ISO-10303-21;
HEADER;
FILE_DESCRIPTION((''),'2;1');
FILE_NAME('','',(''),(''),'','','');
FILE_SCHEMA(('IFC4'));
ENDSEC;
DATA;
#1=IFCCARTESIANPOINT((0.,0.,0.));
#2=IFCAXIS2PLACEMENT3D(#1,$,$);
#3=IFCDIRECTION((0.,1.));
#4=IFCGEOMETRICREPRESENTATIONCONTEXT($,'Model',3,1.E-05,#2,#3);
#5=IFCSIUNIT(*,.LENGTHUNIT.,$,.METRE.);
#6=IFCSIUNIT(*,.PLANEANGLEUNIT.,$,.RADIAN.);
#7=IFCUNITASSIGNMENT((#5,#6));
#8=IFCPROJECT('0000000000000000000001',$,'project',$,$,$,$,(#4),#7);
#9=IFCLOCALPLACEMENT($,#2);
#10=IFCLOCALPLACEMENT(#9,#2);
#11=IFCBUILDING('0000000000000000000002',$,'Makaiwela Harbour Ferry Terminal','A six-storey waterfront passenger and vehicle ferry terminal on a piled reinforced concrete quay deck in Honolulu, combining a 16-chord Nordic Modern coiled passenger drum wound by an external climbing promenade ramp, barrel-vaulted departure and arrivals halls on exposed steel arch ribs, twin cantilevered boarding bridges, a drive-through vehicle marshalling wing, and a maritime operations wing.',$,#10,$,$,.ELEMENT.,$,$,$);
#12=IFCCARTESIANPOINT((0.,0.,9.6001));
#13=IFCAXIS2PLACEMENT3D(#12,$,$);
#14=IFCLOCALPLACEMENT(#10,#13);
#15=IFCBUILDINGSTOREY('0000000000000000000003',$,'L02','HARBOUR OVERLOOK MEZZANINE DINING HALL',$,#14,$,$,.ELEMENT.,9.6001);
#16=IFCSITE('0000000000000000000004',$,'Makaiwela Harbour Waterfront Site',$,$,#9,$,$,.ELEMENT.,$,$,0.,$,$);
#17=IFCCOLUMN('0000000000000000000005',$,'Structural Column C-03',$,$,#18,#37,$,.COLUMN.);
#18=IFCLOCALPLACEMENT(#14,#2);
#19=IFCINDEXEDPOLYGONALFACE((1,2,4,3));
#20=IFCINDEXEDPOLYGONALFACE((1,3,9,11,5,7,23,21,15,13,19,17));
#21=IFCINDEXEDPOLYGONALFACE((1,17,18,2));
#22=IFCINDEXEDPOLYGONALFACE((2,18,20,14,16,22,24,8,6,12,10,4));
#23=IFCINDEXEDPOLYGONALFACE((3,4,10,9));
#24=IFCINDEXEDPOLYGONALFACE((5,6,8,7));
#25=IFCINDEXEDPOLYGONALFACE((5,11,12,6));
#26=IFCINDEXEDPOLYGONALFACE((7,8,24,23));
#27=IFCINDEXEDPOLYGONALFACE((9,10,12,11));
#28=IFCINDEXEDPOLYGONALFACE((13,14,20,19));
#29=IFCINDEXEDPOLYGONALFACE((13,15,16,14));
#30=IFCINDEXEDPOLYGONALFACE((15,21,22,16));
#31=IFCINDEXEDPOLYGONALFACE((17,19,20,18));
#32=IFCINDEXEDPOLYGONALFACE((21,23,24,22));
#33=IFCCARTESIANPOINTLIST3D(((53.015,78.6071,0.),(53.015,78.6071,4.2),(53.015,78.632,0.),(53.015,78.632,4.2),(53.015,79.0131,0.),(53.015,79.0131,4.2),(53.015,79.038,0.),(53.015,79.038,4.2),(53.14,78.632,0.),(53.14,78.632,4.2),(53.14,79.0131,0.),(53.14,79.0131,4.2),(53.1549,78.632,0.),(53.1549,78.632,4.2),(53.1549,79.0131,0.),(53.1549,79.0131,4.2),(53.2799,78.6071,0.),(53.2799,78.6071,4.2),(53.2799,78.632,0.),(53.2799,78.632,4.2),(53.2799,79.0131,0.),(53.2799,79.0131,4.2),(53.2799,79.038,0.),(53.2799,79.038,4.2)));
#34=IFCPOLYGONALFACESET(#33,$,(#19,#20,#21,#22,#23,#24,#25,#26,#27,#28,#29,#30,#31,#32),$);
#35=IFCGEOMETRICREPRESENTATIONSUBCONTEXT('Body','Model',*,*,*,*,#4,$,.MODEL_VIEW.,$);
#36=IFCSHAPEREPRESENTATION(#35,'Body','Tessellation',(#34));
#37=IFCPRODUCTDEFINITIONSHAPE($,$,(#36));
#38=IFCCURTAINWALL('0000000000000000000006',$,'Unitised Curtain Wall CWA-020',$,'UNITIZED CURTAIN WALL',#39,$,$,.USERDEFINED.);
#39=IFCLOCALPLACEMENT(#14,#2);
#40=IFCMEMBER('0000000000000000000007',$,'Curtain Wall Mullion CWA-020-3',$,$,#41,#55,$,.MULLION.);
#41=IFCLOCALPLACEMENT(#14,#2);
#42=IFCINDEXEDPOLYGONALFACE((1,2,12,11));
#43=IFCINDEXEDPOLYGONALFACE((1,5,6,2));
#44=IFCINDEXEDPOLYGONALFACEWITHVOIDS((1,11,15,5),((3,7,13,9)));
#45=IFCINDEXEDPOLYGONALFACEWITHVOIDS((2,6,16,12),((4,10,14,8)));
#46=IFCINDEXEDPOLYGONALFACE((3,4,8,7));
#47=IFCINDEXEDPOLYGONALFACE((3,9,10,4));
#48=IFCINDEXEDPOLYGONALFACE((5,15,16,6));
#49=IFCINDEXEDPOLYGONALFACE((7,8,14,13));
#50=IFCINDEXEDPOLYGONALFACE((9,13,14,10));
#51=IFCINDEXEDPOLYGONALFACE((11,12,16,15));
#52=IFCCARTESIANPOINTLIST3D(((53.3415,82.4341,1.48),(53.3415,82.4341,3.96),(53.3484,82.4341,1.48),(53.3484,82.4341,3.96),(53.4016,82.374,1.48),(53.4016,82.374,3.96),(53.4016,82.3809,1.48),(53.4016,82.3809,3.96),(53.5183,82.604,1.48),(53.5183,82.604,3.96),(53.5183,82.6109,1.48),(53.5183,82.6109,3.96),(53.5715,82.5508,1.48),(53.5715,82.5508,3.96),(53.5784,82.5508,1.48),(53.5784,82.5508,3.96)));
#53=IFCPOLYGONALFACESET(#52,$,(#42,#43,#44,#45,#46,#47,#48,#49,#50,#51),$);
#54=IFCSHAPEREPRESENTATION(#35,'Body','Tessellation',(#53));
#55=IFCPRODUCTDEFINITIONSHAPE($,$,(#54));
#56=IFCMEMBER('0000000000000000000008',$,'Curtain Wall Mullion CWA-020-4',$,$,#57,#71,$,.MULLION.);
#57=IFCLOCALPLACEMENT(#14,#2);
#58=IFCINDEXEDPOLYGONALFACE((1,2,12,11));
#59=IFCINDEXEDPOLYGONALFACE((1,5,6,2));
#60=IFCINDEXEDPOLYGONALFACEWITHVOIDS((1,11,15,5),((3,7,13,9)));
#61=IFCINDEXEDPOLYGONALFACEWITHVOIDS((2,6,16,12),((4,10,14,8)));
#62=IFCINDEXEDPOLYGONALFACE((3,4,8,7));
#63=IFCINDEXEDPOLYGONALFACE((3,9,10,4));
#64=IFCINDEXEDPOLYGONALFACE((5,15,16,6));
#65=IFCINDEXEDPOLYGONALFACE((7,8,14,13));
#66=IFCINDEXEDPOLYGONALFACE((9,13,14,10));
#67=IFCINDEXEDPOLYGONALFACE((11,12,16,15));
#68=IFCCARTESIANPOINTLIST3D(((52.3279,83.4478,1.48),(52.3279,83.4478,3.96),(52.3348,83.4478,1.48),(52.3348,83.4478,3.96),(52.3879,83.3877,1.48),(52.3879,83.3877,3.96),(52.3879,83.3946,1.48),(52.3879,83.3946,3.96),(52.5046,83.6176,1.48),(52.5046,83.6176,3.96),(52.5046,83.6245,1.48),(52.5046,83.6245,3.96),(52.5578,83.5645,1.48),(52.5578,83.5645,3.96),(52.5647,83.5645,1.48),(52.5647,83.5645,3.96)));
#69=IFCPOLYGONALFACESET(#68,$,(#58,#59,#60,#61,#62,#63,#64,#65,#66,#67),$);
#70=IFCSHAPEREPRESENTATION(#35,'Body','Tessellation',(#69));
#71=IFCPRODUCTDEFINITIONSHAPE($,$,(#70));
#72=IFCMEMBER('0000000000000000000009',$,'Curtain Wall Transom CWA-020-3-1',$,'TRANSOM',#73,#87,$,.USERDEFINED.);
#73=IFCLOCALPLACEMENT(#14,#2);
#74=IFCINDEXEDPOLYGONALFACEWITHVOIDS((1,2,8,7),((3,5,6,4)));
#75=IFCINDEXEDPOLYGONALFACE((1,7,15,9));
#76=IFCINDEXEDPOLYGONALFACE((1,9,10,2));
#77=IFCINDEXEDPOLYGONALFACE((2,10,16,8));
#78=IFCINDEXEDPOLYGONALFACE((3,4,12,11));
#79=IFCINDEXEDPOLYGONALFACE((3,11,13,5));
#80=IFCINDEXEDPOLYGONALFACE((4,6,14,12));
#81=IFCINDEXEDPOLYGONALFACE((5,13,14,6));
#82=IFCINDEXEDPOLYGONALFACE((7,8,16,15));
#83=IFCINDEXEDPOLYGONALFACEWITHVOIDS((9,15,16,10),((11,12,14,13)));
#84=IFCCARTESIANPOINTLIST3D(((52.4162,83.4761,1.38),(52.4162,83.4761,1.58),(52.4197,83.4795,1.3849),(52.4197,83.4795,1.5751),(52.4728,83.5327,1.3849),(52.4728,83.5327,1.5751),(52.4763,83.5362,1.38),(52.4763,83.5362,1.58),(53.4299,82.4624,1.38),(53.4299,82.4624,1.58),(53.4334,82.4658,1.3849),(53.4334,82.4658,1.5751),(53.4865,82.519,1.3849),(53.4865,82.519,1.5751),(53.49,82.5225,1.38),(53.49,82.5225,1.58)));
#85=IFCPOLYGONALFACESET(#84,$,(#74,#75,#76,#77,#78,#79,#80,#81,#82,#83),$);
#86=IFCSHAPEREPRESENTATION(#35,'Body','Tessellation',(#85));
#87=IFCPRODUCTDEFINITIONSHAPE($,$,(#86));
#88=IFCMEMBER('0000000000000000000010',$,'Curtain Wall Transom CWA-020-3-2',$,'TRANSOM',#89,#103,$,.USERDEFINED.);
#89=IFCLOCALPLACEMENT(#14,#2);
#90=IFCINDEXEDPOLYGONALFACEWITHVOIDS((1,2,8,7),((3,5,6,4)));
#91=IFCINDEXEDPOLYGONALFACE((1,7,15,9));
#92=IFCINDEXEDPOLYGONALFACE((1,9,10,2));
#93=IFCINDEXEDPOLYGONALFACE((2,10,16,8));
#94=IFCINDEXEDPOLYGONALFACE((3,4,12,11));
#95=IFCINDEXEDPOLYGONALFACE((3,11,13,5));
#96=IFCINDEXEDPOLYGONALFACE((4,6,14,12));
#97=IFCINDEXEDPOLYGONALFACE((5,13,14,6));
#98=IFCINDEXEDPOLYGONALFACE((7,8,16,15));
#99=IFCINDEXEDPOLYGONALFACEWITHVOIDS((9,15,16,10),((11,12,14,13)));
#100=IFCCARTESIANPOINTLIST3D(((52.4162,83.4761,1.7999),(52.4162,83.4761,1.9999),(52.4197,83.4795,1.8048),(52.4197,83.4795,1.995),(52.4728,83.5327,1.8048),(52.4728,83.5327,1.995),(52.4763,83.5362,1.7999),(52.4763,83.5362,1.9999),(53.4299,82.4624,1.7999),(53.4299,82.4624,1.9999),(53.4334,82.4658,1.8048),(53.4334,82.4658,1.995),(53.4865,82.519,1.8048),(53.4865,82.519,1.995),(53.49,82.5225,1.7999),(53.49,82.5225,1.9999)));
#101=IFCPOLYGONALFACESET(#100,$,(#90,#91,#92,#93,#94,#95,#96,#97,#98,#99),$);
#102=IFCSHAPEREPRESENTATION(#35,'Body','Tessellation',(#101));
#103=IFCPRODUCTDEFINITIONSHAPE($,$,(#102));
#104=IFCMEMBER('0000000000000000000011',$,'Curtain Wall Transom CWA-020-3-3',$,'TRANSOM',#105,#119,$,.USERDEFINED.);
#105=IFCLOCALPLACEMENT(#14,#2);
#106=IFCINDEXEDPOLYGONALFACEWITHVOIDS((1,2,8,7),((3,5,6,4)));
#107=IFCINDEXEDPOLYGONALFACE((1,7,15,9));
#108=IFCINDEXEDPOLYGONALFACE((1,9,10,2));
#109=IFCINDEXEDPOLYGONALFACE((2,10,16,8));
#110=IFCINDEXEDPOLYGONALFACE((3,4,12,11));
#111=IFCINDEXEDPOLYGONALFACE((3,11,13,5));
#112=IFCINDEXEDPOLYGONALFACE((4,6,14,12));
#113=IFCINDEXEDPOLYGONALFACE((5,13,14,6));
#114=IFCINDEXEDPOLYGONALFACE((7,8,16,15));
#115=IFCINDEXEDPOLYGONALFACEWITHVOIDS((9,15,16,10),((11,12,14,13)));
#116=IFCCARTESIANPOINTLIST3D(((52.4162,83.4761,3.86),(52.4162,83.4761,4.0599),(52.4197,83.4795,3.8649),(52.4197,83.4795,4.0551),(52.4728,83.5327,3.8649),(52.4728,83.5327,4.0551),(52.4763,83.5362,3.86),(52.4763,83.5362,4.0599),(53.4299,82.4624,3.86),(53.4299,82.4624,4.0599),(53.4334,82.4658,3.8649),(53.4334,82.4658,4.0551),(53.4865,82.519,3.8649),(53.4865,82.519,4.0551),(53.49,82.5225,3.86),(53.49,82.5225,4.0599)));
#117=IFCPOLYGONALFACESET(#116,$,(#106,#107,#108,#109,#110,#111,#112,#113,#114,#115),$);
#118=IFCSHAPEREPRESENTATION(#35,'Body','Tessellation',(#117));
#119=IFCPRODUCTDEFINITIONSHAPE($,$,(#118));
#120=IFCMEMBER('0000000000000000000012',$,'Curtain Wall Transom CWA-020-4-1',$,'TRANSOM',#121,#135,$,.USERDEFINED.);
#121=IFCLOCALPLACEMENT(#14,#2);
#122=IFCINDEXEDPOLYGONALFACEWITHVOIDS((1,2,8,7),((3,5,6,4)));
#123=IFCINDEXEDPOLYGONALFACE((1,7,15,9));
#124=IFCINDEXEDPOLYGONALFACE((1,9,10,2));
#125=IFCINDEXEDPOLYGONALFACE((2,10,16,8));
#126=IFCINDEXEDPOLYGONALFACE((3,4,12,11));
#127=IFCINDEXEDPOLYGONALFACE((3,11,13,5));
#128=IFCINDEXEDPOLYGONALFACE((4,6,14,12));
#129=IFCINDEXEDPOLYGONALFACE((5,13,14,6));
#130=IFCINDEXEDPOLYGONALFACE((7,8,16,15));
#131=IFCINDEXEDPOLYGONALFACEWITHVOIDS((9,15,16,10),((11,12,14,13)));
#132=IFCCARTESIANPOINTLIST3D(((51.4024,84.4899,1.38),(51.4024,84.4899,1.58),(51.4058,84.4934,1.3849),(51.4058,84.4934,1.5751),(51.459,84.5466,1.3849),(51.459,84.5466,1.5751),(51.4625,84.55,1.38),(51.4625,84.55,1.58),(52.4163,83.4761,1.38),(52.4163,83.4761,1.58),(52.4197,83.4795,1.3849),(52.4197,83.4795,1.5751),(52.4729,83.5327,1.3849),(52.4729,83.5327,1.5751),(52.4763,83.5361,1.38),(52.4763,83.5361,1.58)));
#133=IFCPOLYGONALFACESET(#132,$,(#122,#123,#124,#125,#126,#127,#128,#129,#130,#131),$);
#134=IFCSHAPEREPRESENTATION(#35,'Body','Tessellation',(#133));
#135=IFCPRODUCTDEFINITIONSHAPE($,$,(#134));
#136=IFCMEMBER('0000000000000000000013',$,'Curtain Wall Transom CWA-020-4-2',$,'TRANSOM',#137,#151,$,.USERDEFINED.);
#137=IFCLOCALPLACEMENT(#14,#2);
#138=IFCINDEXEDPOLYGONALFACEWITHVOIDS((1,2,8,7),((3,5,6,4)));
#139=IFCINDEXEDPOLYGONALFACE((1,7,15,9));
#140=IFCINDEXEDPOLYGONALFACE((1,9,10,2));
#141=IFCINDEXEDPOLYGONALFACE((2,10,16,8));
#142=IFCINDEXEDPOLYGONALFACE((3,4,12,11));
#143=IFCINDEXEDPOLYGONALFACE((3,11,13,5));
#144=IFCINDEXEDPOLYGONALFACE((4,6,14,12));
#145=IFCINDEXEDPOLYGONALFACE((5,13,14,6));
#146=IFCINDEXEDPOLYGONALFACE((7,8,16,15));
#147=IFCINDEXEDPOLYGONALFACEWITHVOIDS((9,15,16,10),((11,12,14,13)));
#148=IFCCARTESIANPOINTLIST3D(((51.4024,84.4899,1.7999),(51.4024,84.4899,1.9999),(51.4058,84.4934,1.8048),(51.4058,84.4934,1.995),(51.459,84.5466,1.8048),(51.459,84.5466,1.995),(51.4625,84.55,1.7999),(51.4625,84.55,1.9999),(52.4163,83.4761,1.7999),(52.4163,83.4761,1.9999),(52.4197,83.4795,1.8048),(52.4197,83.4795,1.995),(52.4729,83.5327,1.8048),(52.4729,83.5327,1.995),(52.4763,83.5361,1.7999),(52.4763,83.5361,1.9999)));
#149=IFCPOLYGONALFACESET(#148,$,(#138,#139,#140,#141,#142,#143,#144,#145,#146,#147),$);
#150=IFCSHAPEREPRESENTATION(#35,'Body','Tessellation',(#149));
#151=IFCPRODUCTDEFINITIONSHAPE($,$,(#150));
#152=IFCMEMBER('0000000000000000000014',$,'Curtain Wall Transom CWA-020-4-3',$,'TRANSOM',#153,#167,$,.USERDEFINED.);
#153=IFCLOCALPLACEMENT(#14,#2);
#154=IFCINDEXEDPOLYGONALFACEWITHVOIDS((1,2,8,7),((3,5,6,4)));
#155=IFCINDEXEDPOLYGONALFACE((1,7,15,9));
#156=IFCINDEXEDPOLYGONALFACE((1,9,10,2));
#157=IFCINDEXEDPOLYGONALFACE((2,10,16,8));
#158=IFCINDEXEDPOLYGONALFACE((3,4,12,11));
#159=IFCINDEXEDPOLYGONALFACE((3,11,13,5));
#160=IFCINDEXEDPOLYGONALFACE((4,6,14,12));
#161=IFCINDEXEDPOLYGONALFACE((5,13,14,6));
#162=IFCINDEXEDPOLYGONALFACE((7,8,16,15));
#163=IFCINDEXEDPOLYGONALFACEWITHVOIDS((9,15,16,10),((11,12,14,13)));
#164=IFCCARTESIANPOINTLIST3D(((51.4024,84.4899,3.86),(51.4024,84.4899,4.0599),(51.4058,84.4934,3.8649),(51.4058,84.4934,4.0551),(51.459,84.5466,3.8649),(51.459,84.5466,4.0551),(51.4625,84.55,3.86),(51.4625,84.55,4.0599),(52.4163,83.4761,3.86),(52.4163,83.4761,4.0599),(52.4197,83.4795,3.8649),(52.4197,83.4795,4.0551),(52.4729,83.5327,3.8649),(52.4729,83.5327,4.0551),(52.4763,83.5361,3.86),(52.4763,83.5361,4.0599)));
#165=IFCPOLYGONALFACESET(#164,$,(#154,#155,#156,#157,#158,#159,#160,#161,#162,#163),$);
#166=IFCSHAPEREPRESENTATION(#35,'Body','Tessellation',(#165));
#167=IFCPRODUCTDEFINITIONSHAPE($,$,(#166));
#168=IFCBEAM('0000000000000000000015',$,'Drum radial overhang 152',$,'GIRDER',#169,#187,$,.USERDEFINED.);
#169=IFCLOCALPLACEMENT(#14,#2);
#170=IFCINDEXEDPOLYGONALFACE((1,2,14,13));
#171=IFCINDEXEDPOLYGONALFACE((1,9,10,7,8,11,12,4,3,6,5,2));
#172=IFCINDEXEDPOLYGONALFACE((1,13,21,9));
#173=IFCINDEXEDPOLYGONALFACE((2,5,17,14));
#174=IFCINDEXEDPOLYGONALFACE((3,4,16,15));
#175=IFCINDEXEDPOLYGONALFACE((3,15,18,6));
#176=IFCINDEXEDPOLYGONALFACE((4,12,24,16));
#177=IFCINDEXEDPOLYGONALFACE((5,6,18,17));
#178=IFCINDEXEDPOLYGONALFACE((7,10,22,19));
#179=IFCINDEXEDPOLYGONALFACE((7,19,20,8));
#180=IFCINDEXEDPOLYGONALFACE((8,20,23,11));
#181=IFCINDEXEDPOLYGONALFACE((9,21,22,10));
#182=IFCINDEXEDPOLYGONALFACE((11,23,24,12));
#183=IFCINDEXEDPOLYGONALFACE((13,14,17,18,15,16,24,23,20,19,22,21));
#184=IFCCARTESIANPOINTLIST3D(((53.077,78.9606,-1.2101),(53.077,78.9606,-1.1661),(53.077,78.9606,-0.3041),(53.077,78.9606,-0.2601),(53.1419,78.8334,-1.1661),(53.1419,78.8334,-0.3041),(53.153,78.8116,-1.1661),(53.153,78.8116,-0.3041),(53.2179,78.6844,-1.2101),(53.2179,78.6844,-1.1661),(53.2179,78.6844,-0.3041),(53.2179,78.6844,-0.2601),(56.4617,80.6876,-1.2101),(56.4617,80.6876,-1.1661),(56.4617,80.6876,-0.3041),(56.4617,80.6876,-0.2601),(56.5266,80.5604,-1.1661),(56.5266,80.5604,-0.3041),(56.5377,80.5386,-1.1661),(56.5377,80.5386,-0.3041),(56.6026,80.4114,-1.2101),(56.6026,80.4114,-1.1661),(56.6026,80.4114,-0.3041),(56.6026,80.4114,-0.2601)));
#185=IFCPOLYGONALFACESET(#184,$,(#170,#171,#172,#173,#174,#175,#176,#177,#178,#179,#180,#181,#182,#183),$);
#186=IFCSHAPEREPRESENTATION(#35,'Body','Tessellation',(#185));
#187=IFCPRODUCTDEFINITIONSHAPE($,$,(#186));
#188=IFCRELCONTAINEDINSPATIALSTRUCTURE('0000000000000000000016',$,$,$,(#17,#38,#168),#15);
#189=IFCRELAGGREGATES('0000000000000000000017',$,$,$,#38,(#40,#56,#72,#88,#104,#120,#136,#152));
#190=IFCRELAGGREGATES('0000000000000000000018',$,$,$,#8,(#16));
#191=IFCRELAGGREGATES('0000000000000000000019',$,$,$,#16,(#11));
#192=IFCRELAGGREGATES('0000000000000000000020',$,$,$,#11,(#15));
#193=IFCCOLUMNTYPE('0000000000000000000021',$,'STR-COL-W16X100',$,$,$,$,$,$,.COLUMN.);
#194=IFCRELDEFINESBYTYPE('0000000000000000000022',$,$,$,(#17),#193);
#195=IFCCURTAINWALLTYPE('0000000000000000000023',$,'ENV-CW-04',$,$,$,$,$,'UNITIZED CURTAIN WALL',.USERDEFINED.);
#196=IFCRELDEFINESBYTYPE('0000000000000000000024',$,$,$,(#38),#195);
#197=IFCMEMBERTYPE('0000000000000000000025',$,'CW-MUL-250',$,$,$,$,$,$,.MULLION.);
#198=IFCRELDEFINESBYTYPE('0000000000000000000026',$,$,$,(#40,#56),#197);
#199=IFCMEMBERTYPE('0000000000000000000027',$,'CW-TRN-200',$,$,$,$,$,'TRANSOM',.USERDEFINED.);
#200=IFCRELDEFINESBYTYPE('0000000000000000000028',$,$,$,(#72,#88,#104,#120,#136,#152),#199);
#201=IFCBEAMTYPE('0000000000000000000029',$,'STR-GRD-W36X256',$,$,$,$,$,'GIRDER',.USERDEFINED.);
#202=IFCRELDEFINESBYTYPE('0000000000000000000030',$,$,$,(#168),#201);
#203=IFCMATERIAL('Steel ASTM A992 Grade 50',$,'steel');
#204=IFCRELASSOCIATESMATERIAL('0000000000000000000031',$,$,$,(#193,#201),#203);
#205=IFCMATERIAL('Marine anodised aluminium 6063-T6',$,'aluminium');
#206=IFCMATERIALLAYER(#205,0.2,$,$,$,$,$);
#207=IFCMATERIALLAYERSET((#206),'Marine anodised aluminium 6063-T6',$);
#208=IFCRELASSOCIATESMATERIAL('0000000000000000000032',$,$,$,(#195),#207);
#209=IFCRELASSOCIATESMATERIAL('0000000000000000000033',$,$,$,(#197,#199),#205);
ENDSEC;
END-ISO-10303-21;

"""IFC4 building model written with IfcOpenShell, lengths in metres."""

from ifc_helpers import new_model, si_unit, direction, frame, origin, origin_2d, place, context, subcontext, project, spatial, hollow_rectangle, i_section, extrude, material, layer, layer_set, material_profile, profile_set, type_object, element, aggregate, save


model = new_model("IFC4")

# Units and contexts
model_context = context("Model", 3, precision=1e-05, world=origin(), true_north=direction((0.0, 1.0)))
body_context = subcontext(model_context, "Body", "Model", "MODEL_VIEW")
ifc_project = project(units=[si_unit("LENGTHUNIT", "METRE"), si_unit("PLANEANGLEUNIT", "RADIAN")], contexts=[model_context])

# Site, building, storey
site_placement = place(None, origin())
site = spatial("IfcSite", under=ifc_project, at=site_placement, Name="Makaiwela Harbour Waterfront Site", CompositionType="ELEMENT", RefElevation=0.0)
building_placement = place(site_placement, origin())
building = spatial("IfcBuilding", under=site, at=building_placement, Name="Makaiwela Harbour Ferry Terminal", Description="A six-storey waterfront passenger and vehicle ferry terminal on a piled reinforced concrete quay deck in Honolulu, combining a 16-chord Nordic Modern coiled passenger drum wound by an external climbing promenade ramp, barrel-vaulted departure and arrivals halls on exposed steel arch ribs, twin cantilevered boarding bridges, a drive-through vehicle marshalling wing, and a maritime operations wing.", CompositionType="ELEMENT")
storey_placement = place(building_placement, frame((0.0, 0.0, 9.6001)))
storey = spatial("IfcBuildingStorey", under=building, at=storey_placement, Name="L02", Description="HARBOUR OVERLOOK MEZZANINE DINING HALL", CompositionType="ELEMENT", Elevation=9.6001)

# Column
ifc_material_1 = material(Name="Steel ASTM A992 Grade 50", Category="steel")
ifc_material_profile_1 = material_profile(ifc_material_1, i_section(OverallWidth=0.2649, OverallDepth=0.4309, WebThickness=0.0149, FlangeThickness=0.0249, at=origin_2d()), Name="W16X100")
ifc_profile_set_1 = profile_set([ifc_material_profile_1], Name="Steel ASTM A992 Grade 50")
column_type = type_object("IfcColumnType", Name="STR-COL-W16X100", PredefinedType="COLUMN", material=ifc_profile_set_1)
column_placement = place(storey_placement, frame((53.1475, 78.8225, 0.0), z_axis=(0.0, 0.0, 1.0), x_axis=(1.0, 0.0, 0.0)))
element("IfcColumn", 1, at=column_placement, inside=storey, type_object=column_type, Name="Structural Column C-03", PredefinedType="COLUMN", context=body_context, shape_type="SweptSolid", body=[
    extrude(i_section(OverallWidth=0.2649, OverallDepth=0.4309, WebThickness=0.0149, FlangeThickness=0.0249, at=origin_2d()), origin(), (0.0, 0.0, 1.0), 4.2),
])

# Curtain wall, members
ifc_material_2 = material(Name="Marine anodised aluminium 6063-T6", Category="aluminium")
ifc_layer_1 = layer(ifc_material_2, 0.2)
ifc_layer_set_1 = layer_set([ifc_layer_1], Name="Marine anodised aluminium 6063-T6")
curtain_wall_type = type_object("IfcCurtainWallType", Name="ENV-CW-04", ElementType="UNITIZED CURTAIN WALL", PredefinedType="USERDEFINED", material=ifc_layer_set_1)
curtain_wall_placement = place(storey_placement, origin())
curtain_wall = element("IfcCurtainWall", 2, at=curtain_wall_placement, inside=storey, type_object=curtain_wall_type, Name="Unitised Curtain Wall CWA-020", ObjectType="UNITIZED CURTAIN WALL", PredefinedType="USERDEFINED")
ifc_material_profile_2 = material_profile(ifc_material_2, hollow_rectangle(XDim=0.085, YDim=0.25, WallThickness=0.0049, at=origin_2d()), Name="CWM-250X85")
ifc_profile_set_2 = profile_set([ifc_material_profile_2], Name="Marine anodised aluminium 6063-T6")
member_type_1 = type_object("IfcMemberType", Name="CW-MUL-250", PredefinedType="MULLION", material=ifc_profile_set_2)
member_1_placement = place(storey_placement, frame((53.46, 82.4924, 1.48), z_axis=(0.0, 0.0, 1.0), x_axis=(-0.707107, 0.707107, 0.0)))
member_1 = element("IfcMember", 3, at=member_1_placement, type_object=member_type_1, Name="Curtain Wall Mullion CWA-020-3", PredefinedType="MULLION", context=body_context, shape_type="SweptSolid", body=[
    extrude(hollow_rectangle(XDim=0.085, YDim=0.25, WallThickness=0.0049, at=origin_2d()), origin(), (0.0, 0.0, 1.0), 2.48),
])
member_2_placement = place(storey_placement, frame((52.4463, 83.5061, 1.48), z_axis=(0.0, 0.0, 1.0), x_axis=(-0.707107, 0.707107, 0.0)))
member_2 = element("IfcMember", 4, at=member_2_placement, type_object=member_type_1, Name="Curtain Wall Mullion CWA-020-4", PredefinedType="MULLION", context=body_context, shape_type="SweptSolid", body=[
    extrude(hollow_rectangle(XDim=0.085, YDim=0.25, WallThickness=0.0049, at=origin_2d()), origin(), (0.0, 0.0, 1.0), 2.48),
])
ifc_material_profile_3 = material_profile(ifc_material_2, hollow_rectangle(XDim=0.085, YDim=0.2, WallThickness=0.0049, at=origin_2d()), Name="CWT-200X85")
ifc_profile_set_3 = profile_set([ifc_material_profile_3], Name="Marine anodised aluminium 6063-T6")
member_type_2 = type_object("IfcMemberType", Name="CW-TRN-200", ElementType="TRANSOM", PredefinedType="USERDEFINED", material=ifc_profile_set_3)
member_3_placement = place(storey_placement, frame((53.46, 82.4924, 1.48), z_axis=(-0.707107, 0.707107, 0.0), x_axis=(-0.707107, -0.707107, 0.0)))
member_3 = element("IfcMember", 5, at=member_3_placement, type_object=member_type_2, Name="Curtain Wall Transom CWA-020-3-1", ObjectType="TRANSOM", PredefinedType="USERDEFINED", context=body_context, shape_type="SweptSolid", body=[
    extrude(hollow_rectangle(XDim=0.085, YDim=0.2, WallThickness=0.0049, at=origin_2d()), origin(), (0.0, 0.0, 1.0), 1.4336),
])
member_4_placement = place(storey_placement, frame((53.46, 82.4924, 1.8999), z_axis=(-0.707107, 0.707107, 0.0), x_axis=(-0.707107, -0.707107, 0.0)))
member_4 = element("IfcMember", 6, at=member_4_placement, type_object=member_type_2, Name="Curtain Wall Transom CWA-020-3-2", ObjectType="TRANSOM", PredefinedType="USERDEFINED", context=body_context, shape_type="SweptSolid", body=[
    extrude(hollow_rectangle(XDim=0.085, YDim=0.2, WallThickness=0.0049, at=origin_2d()), origin(), (0.0, 0.0, 1.0), 1.4336),
])
member_5_placement = place(storey_placement, frame((53.46, 82.4924, 3.96), z_axis=(-0.707107, 0.707107, 0.0), x_axis=(-0.707107, -0.707107, 0.0)))
member_5 = element("IfcMember", 7, at=member_5_placement, type_object=member_type_2, Name="Curtain Wall Transom CWA-020-3-3", ObjectType="TRANSOM", PredefinedType="USERDEFINED", context=body_context, shape_type="SweptSolid", body=[
    extrude(hollow_rectangle(XDim=0.085, YDim=0.2, WallThickness=0.0049, at=origin_2d()), origin(), (0.0, 0.0, 1.0), 1.4336),
])
member_6_placement = place(storey_placement, frame((52.4463, 83.5061, 1.48), z_axis=(-0.707107, 0.707107, 0.0), x_axis=(-0.707107, -0.707107, 0.0)))
member_6 = element("IfcMember", 8, at=member_6_placement, type_object=member_type_2, Name="Curtain Wall Transom CWA-020-4-1", ObjectType="TRANSOM", PredefinedType="USERDEFINED", context=body_context, shape_type="SweptSolid", body=[
    extrude(hollow_rectangle(XDim=0.085, YDim=0.2, WallThickness=0.0049, at=origin_2d()), origin(), (0.0, 0.0, 1.0), 1.4338),
])
member_7_placement = place(storey_placement, frame((52.4463, 83.5061, 1.8999), z_axis=(-0.707107, 0.707107, 0.0), x_axis=(-0.707107, -0.707107, 0.0)))
member_7 = element("IfcMember", 9, at=member_7_placement, type_object=member_type_2, Name="Curtain Wall Transom CWA-020-4-2", ObjectType="TRANSOM", PredefinedType="USERDEFINED", context=body_context, shape_type="SweptSolid", body=[
    extrude(hollow_rectangle(XDim=0.085, YDim=0.2, WallThickness=0.0049, at=origin_2d()), origin(), (0.0, 0.0, 1.0), 1.4338),
])
member_8_placement = place(storey_placement, frame((52.4463, 83.5061, 3.96), z_axis=(-0.707107, 0.707107, 0.0), x_axis=(-0.707107, -0.707107, 0.0)))
member_8 = element("IfcMember", 10, at=member_8_placement, type_object=member_type_2, Name="Curtain Wall Transom CWA-020-4-3", ObjectType="TRANSOM", PredefinedType="USERDEFINED", context=body_context, shape_type="SweptSolid", body=[
    extrude(hollow_rectangle(XDim=0.085, YDim=0.2, WallThickness=0.0049, at=origin_2d()), origin(), (0.0, 0.0, 1.0), 1.4338),
])

# Beam
ifc_material_profile_4 = material_profile(ifc_material_1, i_section(OverallWidth=0.3101, OverallDepth=0.95, WebThickness=0.0244, FlangeThickness=0.0439, at=origin_2d()), Name="W36X256")
ifc_profile_set_4 = profile_set([ifc_material_profile_4], Name="Steel ASTM A992 Grade 50")
beam_type_1 = type_object("IfcBeamType", Name="STR-GRD-W36X256", ElementType="GIRDER", PredefinedType="USERDEFINED", material=ifc_profile_set_4)
beam_1_placement = place(storey_placement, frame((53.1475, 78.8225, -0.7351), z_axis=(0.890748, 0.454497, 0.0), x_axis=(-0.454497, 0.890748, 0.0)))
element("IfcBeam", 11, at=beam_1_placement, inside=storey, type_object=beam_type_1, Name="Drum radial overhang 152", ObjectType="GIRDER", PredefinedType="USERDEFINED", context=body_context, shape_type="SweptSolid", body=[
    extrude(i_section(OverallWidth=0.3101, OverallDepth=0.95, WebThickness=0.0244, FlangeThickness=0.0439, at=origin_2d()), origin(), (0.0, 0.0, 1.0), 3.7998),
])

aggregate(curtain_wall, [member_1, member_2, member_3, member_4, member_5, member_6, member_7, member_8])

save(model, "model.ifc")
